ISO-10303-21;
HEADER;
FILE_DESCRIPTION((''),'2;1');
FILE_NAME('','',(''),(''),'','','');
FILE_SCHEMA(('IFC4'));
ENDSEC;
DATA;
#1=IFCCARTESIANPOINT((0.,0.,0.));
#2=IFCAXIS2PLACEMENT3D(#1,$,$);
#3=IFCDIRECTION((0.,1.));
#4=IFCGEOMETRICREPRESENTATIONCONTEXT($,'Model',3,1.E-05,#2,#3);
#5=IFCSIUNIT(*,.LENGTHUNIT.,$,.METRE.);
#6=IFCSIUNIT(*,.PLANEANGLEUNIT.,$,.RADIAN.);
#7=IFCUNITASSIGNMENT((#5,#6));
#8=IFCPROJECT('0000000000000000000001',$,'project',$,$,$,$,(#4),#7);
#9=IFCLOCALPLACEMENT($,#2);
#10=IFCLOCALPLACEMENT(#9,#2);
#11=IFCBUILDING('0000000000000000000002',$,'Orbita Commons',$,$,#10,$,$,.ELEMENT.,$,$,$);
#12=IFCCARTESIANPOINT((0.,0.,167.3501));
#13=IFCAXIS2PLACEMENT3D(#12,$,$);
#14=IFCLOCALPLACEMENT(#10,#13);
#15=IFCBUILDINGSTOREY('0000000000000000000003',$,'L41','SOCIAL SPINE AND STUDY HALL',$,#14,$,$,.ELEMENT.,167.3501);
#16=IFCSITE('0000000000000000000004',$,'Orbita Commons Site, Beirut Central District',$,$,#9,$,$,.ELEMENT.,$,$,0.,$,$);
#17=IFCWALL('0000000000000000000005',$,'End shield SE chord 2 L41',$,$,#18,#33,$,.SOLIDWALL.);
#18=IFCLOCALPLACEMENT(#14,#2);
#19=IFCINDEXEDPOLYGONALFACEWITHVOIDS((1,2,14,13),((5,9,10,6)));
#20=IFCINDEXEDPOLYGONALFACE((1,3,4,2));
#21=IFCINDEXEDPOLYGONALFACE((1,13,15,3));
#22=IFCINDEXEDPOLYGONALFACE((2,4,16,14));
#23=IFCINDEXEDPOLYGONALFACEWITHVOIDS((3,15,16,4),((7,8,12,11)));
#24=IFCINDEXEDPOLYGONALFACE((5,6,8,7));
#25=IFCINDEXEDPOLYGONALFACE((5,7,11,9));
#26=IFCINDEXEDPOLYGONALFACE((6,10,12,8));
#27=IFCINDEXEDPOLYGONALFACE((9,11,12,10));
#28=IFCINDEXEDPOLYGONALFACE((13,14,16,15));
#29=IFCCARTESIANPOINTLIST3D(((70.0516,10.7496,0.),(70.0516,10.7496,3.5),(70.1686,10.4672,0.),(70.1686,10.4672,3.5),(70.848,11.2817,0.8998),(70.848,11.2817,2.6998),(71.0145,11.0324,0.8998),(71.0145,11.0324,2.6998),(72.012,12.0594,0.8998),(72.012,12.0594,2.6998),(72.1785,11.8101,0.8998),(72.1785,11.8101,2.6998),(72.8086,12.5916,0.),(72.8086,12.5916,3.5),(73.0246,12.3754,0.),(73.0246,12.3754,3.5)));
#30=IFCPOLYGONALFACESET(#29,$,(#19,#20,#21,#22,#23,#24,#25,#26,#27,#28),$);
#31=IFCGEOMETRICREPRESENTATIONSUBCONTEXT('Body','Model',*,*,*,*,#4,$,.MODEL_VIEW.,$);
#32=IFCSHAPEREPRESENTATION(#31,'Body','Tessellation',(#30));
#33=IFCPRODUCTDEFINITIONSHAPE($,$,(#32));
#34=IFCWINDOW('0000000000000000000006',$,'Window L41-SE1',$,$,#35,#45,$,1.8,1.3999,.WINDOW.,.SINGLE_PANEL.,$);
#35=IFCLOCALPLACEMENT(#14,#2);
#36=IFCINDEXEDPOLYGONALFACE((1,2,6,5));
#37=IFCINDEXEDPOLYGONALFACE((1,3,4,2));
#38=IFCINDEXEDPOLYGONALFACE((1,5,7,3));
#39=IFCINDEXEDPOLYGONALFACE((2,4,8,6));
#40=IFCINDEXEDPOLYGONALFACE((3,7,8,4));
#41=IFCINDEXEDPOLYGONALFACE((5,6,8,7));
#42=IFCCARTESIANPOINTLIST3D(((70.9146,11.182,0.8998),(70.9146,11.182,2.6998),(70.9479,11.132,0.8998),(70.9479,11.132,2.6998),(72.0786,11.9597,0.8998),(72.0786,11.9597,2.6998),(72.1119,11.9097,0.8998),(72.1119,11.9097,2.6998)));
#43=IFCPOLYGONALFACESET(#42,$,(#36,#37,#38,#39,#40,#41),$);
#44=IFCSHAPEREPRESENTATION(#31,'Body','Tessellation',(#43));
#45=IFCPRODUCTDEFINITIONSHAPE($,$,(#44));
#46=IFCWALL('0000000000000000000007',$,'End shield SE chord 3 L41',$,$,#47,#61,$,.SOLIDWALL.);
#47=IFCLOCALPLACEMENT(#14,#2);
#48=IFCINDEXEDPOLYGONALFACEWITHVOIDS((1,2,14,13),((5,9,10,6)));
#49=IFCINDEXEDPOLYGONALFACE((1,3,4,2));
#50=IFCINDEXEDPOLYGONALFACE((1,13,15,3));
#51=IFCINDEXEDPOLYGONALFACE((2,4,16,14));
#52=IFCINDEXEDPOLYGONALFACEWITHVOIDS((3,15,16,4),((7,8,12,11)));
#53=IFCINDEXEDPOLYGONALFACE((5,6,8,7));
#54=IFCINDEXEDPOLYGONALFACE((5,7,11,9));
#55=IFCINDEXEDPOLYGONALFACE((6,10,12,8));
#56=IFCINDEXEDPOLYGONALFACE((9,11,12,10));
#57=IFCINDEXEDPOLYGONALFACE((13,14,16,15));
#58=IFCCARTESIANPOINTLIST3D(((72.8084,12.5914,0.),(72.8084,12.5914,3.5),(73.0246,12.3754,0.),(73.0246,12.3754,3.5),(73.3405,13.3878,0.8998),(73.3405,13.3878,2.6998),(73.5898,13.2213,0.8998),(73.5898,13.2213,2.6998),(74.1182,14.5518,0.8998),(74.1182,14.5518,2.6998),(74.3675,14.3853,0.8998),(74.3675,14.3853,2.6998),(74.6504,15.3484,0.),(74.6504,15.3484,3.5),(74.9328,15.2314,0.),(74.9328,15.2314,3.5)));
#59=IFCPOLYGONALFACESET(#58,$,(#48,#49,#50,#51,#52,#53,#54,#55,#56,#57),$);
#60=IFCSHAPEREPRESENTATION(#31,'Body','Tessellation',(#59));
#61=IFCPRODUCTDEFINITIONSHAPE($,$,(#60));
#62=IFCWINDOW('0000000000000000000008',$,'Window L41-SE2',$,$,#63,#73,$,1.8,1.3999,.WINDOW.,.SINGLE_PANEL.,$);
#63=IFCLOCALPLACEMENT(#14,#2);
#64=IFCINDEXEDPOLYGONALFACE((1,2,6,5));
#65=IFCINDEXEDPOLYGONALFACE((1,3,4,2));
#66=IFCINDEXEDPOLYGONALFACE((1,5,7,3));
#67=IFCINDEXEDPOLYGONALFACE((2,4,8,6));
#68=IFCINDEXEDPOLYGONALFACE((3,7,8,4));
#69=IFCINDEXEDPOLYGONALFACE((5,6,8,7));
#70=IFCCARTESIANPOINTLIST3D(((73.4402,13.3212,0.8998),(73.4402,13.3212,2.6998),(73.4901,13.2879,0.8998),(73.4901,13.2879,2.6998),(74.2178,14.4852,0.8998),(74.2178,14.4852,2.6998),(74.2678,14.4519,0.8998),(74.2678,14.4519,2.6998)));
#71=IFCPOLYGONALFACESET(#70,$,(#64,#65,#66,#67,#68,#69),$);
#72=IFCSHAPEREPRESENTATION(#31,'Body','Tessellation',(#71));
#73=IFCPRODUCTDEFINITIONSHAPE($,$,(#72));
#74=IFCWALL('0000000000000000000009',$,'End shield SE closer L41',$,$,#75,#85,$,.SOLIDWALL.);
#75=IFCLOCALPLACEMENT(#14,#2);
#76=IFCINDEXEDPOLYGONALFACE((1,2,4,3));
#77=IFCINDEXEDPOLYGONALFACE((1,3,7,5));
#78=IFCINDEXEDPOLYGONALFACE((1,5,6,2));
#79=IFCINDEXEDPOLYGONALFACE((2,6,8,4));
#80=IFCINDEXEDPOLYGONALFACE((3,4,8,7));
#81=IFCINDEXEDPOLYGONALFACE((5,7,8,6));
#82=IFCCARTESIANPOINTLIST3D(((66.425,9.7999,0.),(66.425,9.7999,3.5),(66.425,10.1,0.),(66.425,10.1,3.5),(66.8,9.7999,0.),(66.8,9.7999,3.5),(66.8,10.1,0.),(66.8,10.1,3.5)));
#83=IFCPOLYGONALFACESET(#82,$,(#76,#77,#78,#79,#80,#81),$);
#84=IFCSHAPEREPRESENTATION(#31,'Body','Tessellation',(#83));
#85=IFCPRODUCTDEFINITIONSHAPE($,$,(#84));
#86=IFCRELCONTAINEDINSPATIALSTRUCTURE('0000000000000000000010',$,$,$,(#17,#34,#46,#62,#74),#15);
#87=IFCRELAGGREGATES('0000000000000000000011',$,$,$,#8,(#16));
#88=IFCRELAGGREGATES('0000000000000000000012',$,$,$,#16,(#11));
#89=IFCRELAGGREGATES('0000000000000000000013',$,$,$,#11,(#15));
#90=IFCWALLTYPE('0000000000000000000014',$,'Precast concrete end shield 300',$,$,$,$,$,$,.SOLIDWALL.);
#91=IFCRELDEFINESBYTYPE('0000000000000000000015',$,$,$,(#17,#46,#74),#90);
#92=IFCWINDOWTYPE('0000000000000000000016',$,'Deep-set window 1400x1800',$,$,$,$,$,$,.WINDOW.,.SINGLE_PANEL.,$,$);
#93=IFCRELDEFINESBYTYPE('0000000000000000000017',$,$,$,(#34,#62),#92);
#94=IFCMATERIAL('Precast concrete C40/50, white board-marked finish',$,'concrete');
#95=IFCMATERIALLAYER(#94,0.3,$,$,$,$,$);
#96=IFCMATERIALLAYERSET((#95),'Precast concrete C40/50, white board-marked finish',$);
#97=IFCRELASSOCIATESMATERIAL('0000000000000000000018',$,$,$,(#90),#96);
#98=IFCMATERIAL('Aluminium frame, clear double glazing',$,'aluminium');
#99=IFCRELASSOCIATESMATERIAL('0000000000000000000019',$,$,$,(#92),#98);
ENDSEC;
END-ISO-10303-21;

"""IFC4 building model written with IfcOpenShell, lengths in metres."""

from ifc_helpers import new_model, si_unit, direction, frame, frame_2d, origin, place, context, subcontext, project, spatial, polyline, rectangle, outline, extrude, material, layer, layer_set, type_object, element, fill, save


model = new_model("IFC4")

# Units and contexts
model_context = context("Model", 3, precision=1e-05, world=origin(), true_north=direction((0.0, 1.0)))
body_context = subcontext(model_context, "Body", "Model", "MODEL_VIEW")
ifc_project = project(units=[si_unit("LENGTHUNIT", "METRE"), si_unit("PLANEANGLEUNIT", "RADIAN")], contexts=[model_context])

# Site, building, storey
site_placement = place(None, origin())
site = spatial("IfcSite", under=ifc_project, at=site_placement, Name="Orbita Commons Site, Beirut Central District", CompositionType="ELEMENT", RefElevation=0.0)
building_placement = place(site_placement, origin())
building = spatial("IfcBuilding", under=site, at=building_placement, Name="Orbita Commons", CompositionType="ELEMENT")
storey_placement = place(building_placement, frame((0.0, 0.0, 167.3501)))
storey = spatial("IfcBuildingStorey", under=building, at=storey_placement, Name="L41", Description="SOCIAL SPINE AND STUDY HALL", CompositionType="ELEMENT", Elevation=167.3501)

# Walls, openings, windows
ifc_material_1 = material(Name="Precast concrete C40/50, white board-marked finish", Category="concrete")
ifc_layer_1 = layer(ifc_material_1, 0.3)
ifc_layer_set_1 = layer_set([ifc_layer_1], Name="Precast concrete C40/50, white board-marked finish")
wall_type_1 = type_object("IfcWallType", Name="Precast concrete end shield 300", PredefinedType="SOLIDWALL", material=ifc_layer_set_1)
ifc_material_2 = material(Name="Aluminium frame, clear double glazing", Category="aluminium")
window_type = type_object("IfcWindowType", Name="Deep-set window 1400x1800", PartitioningType="SINGLE_PANEL", PredefinedType="WINDOW", material=ifc_material_2)
wall_1_placement = place(storey_placement, frame((70.1101, 10.6084, 0.0), z_axis=(0.0, 0.0, 1.0), x_axis=(0.831493, 0.555535, 0.0)))
wall_1 = element("IfcWall", 1, at=wall_1_placement, inside=storey, type_object=wall_type_1, Name="End shield SE chord 2 L41", PredefinedType="SOLIDWALL", context=body_context, shape_type="SweptSolid", body=[
    extrude(outline(polyline([(-0.0298, -0.1499), (3.405, -0.1499), (3.3455, 0.1499), (0.0298, 0.1499), (-0.0298, -0.1499)])), origin(), (0.0, 0.0, 1.0), 3.5),
])
opening_1_placement = place(wall_1_placement, frame((0.9875, 0.0, 0.8999)))
opening_1 = element("IfcOpeningElement", 2, at=opening_1_placement, cuts=wall_1, PredefinedType="OPENING", context=body_context, shape_type="SweptSolid", body=[
    extrude(rectangle(XDim=1.3999, YDim=1.8, at=frame_2d((0.7, 0.8999))), frame((0.0, 0.1599, 0.0), z_axis=(0.0, -1.0, 0.0), x_axis=(1.0, 0.0, 0.0)), (0.0, 0.0, 1.0), 0.3201),
])
window_1_placement = place(opening_1_placement, origin())
window_1 = element("IfcWindow", 3, at=window_1_placement, inside=storey, type_object=window_type, Name="Window L41-SE1", OverallHeight=1.8, OverallWidth=1.3999, PartitioningType="SINGLE_PANEL", PredefinedType="WINDOW", context=body_context, shape_type="SweptSolid", body=[
    extrude(rectangle(XDim=1.3999, YDim=1.8, at=frame_2d((0.7, 0.8999))), frame((0.0, 0.03, 0.0), z_axis=(0.0, -1.0, 0.0), x_axis=(1.0, 0.0, 0.0)), (0.0, 0.0, 1.0), 0.0601),
])
fill(opening_1, window_1)
wall_2_placement = place(storey_placement, frame((72.9165, 12.4834, 0.0), z_axis=(0.0, 0.0, 1.0), x_axis=(0.555535, 0.831493, 0.0)))
wall_2 = element("IfcWall", 4, at=wall_2_placement, inside=storey, type_object=wall_type_1, Name="End shield SE chord 3 L41", PredefinedType="SOLIDWALL", context=body_context, shape_type="SweptSolid", body=[
    extrude(outline(polyline([(-0.0298, -0.1499), (3.405, -0.1499), (3.3455, 0.1499), (0.0298, 0.1499), (-0.0298, -0.1499)])), origin(), (0.0, 0.0, 1.0), 3.5),
])
opening_2_placement = place(wall_2_placement, frame((0.9875, 0.0, 0.8999)))
opening_2 = element("IfcOpeningElement", 5, at=opening_2_placement, cuts=wall_2, PredefinedType="OPENING", context=body_context, shape_type="SweptSolid", body=[
    extrude(rectangle(XDim=1.3999, YDim=1.8, at=frame_2d((0.7, 0.8999))), frame((0.0, 0.1599, 0.0), z_axis=(0.0, -1.0, 0.0), x_axis=(1.0, 0.0, 0.0)), (0.0, 0.0, 1.0), 0.3201),
])
window_2_placement = place(opening_2_placement, origin())
window_2 = element("IfcWindow", 6, at=window_2_placement, inside=storey, type_object=window_type, Name="Window L41-SE2", OverallHeight=1.8, OverallWidth=1.3999, PartitioningType="SINGLE_PANEL", PredefinedType="WINDOW", context=body_context, shape_type="SweptSolid", body=[
    extrude(rectangle(XDim=1.3999, YDim=1.8, at=frame_2d((0.7, 0.8999))), frame((0.0, 0.03, 0.0), z_axis=(0.0, -1.0, 0.0), x_axis=(1.0, 0.0, 0.0)), (0.0, 0.0, 1.0), 0.0601),
])
fill(opening_2, window_2)

# Wall
wall_3_placement = place(storey_placement, frame((66.8, 9.95, 0.0), z_axis=(0.0, 0.0, 1.0), x_axis=(-1.0, 0.0, 0.0)))
element("IfcWall", 7, at=wall_3_placement, inside=storey, type_object=wall_type_1, Name="End shield SE closer L41", PredefinedType="SOLIDWALL", context=body_context, shape_type="SweptSolid", body=[
    extrude(rectangle(XDim=0.375, YDim=0.3, at=frame_2d((0.1875, 0.0))), origin(), (0.0, 0.0, 1.0), 3.5),
])

save(model, "model.ifc")
